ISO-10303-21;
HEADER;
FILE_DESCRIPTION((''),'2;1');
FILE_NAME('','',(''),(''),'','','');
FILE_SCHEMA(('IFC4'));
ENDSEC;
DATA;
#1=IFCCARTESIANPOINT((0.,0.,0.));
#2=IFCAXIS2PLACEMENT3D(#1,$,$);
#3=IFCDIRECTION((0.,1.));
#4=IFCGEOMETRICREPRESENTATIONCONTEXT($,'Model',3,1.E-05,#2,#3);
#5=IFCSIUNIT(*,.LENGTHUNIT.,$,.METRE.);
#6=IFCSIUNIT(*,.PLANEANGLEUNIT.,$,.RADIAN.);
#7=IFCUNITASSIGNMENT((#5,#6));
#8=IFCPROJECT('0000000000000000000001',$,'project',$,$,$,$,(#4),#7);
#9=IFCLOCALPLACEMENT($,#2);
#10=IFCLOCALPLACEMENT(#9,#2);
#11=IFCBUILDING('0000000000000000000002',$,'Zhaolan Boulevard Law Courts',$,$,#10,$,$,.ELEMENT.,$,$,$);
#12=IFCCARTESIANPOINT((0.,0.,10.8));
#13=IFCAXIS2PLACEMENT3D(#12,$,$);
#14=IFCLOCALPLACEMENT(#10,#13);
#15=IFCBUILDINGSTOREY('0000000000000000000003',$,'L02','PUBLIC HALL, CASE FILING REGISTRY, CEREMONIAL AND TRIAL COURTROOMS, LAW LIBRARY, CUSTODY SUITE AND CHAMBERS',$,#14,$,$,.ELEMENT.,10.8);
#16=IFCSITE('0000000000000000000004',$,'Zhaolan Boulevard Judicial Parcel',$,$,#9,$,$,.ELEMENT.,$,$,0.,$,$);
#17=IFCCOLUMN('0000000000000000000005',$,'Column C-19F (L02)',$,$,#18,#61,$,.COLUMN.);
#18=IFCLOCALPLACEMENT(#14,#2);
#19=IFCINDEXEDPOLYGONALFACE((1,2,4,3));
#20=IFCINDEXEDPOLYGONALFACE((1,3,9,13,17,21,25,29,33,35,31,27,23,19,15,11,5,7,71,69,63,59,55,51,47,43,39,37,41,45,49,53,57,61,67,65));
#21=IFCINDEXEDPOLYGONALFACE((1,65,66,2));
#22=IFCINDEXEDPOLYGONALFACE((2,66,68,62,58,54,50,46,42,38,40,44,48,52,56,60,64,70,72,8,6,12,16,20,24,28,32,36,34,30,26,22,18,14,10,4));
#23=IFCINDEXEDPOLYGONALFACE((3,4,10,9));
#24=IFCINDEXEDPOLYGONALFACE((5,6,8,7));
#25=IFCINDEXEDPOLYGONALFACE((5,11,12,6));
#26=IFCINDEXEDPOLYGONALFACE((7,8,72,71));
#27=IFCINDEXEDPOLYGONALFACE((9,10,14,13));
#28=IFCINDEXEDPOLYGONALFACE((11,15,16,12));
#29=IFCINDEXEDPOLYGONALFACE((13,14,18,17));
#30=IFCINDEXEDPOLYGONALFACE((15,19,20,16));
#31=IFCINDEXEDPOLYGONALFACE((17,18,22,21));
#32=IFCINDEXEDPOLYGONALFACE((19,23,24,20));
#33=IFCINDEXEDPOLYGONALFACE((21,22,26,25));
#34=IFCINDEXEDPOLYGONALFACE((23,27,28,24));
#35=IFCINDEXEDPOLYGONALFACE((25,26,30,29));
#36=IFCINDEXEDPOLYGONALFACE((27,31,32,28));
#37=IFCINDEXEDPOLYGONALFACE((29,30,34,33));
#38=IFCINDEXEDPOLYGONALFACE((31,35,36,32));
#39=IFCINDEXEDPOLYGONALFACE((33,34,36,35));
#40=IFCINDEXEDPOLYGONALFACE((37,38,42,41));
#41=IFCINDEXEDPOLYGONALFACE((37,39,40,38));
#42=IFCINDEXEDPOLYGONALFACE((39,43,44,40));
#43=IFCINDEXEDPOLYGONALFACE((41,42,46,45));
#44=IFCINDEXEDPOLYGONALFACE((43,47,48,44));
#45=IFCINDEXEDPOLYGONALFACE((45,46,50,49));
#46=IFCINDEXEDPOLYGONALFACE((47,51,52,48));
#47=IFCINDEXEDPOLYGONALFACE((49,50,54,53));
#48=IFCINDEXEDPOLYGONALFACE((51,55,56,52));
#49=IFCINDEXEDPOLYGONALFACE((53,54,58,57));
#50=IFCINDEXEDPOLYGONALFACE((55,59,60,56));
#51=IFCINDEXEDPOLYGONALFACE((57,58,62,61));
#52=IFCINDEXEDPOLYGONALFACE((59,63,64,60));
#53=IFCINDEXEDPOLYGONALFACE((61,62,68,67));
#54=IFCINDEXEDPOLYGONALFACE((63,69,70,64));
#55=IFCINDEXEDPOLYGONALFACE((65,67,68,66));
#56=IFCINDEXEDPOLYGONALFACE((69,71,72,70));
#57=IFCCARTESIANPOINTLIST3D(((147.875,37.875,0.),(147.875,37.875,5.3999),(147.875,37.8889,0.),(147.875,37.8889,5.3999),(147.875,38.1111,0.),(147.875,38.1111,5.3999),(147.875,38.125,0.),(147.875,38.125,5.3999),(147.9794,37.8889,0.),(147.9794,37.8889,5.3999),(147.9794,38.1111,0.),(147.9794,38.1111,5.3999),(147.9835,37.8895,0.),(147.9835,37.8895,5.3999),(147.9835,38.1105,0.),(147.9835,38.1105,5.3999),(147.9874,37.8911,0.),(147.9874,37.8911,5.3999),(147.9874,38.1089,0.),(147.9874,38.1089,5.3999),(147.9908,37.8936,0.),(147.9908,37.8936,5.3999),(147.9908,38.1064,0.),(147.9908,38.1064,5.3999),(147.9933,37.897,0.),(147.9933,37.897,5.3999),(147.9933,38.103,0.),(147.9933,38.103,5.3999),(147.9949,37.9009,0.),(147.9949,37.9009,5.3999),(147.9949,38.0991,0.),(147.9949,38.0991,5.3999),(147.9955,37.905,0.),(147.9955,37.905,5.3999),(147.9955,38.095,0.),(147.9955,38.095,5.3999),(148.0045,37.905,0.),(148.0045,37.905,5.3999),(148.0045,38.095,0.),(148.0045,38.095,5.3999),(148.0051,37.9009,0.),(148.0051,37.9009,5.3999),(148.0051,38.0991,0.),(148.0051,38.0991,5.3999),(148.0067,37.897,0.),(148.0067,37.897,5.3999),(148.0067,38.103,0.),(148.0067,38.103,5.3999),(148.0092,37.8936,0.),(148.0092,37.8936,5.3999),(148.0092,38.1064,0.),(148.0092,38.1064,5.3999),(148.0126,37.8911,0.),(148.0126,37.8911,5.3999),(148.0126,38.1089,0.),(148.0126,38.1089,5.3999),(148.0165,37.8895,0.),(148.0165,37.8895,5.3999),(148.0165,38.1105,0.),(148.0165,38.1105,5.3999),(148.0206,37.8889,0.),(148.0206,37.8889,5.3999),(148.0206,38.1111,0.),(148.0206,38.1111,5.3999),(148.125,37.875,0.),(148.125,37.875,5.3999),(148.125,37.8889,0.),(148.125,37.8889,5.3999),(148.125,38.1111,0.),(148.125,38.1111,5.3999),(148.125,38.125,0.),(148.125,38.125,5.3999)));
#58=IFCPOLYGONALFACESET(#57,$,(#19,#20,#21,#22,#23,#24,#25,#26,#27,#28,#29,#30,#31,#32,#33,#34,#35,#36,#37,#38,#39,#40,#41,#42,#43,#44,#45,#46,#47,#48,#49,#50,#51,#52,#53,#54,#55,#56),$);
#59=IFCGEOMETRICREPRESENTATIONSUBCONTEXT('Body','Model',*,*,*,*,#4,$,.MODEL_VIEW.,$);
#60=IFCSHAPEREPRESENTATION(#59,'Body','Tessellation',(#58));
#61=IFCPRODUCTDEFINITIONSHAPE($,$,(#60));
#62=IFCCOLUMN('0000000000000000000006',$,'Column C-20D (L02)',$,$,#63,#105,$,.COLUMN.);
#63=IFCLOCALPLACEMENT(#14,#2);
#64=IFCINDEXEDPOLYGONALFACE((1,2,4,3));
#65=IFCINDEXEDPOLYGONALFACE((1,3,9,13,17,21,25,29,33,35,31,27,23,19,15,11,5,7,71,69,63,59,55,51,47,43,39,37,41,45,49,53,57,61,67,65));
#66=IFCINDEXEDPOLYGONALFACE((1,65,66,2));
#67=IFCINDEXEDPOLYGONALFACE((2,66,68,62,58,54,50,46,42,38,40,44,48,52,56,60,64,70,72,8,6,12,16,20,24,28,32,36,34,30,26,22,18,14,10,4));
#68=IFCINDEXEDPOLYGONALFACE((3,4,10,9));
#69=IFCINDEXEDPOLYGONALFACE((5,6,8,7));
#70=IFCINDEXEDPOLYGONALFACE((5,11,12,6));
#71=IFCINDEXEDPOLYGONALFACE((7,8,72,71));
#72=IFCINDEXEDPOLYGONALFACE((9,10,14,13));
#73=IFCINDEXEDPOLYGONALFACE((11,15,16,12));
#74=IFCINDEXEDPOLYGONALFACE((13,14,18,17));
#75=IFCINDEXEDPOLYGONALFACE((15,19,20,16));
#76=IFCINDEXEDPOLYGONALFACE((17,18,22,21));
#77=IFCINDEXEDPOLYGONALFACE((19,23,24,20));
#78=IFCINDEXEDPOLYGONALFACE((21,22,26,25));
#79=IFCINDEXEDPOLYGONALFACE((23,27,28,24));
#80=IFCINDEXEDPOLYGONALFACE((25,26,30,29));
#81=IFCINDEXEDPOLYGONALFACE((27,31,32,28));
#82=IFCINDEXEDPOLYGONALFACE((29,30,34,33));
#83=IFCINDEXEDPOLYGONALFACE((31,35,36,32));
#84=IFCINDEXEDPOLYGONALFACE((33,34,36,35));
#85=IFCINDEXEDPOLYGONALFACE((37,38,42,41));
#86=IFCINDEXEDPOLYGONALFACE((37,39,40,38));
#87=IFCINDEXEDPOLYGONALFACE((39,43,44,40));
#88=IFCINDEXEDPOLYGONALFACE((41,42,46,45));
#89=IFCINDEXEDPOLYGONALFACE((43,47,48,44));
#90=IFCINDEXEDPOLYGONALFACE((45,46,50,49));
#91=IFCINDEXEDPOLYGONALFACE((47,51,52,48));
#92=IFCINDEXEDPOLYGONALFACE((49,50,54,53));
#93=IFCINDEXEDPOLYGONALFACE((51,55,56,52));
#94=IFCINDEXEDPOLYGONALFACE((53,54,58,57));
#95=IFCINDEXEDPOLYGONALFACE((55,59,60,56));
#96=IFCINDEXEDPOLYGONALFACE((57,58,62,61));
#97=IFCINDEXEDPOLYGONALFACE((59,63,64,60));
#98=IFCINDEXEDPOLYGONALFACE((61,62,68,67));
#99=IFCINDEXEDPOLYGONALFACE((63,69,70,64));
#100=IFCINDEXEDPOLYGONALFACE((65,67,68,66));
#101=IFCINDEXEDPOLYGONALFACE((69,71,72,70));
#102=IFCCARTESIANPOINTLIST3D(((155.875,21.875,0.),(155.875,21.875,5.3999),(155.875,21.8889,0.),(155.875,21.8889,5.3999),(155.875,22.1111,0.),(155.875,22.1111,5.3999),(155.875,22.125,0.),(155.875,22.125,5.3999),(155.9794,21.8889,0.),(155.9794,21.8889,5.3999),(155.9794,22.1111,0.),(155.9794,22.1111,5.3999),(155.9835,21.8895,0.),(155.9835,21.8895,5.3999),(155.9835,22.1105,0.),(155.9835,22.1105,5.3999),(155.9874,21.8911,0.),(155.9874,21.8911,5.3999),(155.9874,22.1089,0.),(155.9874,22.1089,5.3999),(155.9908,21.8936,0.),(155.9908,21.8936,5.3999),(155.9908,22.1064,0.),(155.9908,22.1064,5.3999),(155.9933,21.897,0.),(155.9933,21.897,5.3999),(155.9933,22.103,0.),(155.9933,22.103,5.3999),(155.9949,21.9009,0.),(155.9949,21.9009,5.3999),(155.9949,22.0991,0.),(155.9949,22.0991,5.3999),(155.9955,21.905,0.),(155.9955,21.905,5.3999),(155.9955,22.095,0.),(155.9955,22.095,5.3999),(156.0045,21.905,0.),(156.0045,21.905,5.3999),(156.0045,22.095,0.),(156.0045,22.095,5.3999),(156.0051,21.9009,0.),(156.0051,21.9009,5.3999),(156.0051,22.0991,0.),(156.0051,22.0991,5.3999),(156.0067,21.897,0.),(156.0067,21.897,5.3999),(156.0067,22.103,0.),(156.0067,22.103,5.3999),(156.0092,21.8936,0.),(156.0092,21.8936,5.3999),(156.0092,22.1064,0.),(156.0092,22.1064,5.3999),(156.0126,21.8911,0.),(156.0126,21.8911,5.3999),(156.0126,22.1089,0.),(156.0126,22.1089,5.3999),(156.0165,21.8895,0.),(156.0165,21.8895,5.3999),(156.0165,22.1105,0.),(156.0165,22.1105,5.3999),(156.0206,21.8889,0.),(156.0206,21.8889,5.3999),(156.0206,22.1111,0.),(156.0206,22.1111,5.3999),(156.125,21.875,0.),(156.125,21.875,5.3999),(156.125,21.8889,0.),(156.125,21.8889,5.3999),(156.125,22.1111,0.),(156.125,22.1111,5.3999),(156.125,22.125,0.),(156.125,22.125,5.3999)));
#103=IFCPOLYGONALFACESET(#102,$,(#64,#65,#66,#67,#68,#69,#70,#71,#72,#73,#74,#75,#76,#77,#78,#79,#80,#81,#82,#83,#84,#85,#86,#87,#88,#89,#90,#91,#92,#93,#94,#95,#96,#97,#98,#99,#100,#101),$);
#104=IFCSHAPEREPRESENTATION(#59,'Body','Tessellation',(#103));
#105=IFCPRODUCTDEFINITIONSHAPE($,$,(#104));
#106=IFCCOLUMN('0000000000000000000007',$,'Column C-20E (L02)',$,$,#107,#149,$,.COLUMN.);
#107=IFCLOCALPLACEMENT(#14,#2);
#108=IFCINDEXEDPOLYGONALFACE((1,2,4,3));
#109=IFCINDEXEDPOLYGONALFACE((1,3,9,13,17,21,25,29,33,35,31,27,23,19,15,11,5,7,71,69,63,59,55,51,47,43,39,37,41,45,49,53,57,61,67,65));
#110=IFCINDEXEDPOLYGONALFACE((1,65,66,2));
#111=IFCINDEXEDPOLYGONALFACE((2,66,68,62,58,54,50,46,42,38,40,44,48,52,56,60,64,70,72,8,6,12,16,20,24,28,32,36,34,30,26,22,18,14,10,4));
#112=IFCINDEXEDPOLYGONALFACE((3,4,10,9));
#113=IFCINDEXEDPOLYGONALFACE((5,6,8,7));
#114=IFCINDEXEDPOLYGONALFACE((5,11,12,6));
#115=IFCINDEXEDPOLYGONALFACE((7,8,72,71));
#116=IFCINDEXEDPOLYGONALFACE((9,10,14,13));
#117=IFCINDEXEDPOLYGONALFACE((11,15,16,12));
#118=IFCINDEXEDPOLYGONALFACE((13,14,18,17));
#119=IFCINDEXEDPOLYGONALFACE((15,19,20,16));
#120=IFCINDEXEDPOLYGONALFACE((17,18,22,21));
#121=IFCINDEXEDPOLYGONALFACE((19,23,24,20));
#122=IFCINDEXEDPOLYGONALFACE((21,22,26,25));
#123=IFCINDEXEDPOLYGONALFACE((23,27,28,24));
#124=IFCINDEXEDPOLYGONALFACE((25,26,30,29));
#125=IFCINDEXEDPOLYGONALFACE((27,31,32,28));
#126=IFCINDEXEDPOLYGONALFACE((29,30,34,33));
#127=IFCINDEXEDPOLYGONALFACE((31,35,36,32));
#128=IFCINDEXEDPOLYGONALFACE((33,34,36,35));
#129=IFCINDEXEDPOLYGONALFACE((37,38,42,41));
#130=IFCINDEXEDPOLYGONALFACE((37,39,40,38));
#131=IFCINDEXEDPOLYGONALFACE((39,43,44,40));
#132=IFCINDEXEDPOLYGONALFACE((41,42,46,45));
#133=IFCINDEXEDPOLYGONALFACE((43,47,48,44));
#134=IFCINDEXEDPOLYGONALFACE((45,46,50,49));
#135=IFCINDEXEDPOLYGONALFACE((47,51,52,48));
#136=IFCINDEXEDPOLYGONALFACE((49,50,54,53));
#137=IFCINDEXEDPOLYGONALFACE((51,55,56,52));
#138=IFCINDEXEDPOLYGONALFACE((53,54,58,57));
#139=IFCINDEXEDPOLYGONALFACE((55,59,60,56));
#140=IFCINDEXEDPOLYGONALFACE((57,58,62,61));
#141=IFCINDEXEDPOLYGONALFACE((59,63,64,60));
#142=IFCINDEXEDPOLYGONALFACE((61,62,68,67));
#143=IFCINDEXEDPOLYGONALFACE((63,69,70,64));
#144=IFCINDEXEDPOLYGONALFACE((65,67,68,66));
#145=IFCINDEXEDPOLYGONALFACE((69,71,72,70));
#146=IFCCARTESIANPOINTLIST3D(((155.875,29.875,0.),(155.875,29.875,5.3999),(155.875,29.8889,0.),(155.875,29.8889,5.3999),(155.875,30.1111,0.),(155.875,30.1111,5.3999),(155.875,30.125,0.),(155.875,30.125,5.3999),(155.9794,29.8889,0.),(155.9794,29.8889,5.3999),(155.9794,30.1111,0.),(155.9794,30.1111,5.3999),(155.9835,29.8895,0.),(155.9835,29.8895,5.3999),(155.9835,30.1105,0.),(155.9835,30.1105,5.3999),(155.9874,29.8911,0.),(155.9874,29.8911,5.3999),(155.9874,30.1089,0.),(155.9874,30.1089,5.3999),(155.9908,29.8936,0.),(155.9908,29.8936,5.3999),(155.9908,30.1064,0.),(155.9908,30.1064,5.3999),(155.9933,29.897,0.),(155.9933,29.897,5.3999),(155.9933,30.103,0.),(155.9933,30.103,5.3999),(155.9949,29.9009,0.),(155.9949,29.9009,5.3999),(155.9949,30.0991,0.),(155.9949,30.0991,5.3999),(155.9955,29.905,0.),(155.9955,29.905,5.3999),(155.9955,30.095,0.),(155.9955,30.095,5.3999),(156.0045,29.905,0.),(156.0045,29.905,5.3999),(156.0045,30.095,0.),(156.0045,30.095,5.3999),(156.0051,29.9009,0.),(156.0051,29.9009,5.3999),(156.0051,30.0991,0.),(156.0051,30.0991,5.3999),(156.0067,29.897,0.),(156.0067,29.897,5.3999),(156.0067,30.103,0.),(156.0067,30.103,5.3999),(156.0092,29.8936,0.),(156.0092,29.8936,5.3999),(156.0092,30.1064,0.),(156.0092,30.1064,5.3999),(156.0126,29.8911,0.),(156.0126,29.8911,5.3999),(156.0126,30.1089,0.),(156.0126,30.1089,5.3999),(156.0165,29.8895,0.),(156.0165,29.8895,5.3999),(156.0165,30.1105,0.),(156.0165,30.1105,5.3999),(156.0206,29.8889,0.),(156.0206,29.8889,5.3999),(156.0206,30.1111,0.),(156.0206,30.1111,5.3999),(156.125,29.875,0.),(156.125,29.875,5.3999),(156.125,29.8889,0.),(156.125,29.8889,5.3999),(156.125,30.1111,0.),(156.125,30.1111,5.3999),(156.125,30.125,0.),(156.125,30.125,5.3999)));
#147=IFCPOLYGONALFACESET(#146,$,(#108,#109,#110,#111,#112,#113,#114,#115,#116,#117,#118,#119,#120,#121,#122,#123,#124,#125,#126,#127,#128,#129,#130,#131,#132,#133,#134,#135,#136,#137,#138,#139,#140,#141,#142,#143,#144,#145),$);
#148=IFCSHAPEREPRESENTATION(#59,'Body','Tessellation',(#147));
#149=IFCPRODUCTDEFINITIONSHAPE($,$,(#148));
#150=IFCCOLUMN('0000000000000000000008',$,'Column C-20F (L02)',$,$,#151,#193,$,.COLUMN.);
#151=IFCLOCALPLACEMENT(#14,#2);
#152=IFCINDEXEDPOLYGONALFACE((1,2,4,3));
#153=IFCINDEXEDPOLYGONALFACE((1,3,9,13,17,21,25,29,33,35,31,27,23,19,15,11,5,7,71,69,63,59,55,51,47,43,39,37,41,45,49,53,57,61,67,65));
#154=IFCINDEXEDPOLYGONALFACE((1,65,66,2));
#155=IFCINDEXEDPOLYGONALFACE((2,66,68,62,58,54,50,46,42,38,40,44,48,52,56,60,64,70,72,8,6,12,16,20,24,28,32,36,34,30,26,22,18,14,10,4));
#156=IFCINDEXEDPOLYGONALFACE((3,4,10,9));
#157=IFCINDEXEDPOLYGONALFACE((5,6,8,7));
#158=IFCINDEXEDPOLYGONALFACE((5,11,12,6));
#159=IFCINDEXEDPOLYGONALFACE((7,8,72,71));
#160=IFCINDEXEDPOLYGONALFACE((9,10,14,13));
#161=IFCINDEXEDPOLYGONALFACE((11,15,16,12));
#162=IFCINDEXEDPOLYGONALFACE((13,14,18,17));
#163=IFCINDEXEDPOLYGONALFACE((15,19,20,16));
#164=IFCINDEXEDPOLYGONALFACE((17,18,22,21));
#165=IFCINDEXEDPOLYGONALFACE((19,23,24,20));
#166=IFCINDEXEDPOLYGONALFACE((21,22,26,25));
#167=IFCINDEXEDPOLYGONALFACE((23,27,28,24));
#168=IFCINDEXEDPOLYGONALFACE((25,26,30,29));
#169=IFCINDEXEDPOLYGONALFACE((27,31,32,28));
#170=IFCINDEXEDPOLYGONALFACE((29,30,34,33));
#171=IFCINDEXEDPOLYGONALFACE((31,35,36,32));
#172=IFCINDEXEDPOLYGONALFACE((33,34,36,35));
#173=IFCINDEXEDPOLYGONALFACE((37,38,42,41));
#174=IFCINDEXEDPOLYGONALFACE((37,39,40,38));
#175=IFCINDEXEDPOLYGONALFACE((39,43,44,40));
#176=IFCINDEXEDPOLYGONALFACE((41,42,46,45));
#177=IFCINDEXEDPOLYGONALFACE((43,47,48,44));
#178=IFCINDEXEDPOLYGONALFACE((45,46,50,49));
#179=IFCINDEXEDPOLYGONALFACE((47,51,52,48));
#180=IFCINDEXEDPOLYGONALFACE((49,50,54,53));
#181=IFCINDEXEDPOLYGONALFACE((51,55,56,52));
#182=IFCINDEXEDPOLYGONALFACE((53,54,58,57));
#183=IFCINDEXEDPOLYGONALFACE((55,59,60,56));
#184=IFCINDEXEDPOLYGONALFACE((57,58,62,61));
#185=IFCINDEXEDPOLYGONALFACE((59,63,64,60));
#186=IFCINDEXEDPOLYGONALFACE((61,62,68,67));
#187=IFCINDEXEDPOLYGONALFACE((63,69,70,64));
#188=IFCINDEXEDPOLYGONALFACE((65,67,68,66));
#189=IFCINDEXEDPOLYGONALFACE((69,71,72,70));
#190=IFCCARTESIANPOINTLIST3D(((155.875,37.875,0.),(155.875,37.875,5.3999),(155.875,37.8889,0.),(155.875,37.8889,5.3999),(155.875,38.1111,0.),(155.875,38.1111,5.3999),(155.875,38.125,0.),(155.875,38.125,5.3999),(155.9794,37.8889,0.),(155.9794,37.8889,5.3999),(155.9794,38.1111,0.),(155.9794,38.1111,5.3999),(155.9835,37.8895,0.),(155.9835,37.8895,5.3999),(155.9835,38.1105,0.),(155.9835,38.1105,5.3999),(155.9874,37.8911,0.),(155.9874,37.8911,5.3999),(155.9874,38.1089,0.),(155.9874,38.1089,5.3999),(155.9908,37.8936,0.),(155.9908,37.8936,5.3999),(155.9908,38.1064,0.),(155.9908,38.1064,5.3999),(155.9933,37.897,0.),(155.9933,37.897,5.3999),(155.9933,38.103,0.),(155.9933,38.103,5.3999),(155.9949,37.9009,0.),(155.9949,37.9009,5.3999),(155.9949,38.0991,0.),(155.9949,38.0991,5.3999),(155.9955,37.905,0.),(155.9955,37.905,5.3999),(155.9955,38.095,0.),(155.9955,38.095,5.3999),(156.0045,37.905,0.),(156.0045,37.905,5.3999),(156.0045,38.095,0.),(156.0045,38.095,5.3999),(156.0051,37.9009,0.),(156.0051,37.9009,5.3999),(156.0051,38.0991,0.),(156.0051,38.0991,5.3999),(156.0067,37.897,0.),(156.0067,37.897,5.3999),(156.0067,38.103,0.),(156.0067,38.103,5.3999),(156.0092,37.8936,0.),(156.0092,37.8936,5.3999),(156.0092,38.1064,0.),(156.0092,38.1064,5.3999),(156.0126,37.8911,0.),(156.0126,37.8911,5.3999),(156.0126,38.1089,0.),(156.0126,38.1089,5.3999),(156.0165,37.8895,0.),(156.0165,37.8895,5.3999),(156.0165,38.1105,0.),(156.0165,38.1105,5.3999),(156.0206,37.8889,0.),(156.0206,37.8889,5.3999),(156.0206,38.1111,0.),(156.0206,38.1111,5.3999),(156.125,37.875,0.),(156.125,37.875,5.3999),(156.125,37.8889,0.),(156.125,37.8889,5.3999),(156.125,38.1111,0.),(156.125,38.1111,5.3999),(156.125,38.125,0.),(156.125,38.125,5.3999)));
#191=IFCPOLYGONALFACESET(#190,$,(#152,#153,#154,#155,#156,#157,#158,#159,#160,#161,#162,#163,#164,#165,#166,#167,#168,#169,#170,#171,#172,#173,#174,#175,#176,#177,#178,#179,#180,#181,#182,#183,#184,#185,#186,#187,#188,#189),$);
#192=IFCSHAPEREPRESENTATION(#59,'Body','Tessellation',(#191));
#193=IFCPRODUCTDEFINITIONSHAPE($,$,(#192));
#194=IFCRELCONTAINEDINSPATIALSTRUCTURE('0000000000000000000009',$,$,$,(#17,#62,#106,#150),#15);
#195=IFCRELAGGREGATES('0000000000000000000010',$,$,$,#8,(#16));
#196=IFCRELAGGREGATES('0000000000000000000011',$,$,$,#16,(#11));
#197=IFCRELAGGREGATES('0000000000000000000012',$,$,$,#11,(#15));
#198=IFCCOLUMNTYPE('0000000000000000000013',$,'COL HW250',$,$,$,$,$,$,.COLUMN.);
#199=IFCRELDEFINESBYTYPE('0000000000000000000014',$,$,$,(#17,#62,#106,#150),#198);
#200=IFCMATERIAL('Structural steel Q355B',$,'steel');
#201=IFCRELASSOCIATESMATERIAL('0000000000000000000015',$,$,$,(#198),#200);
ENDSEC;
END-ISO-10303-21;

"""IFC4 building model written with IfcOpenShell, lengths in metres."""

from ifc_helpers import new_model, si_unit, direction, frame, origin, origin_2d, place, context, subcontext, project, spatial, i_section, extrude, material, material_profile, profile_set, type_object, element, save


model = new_model("IFC4")

# Units and contexts
model_context = context("Model", 3, precision=1e-05, world=origin(), true_north=direction((0.0, 1.0)))
body_context = subcontext(model_context, "Body", "Model", "MODEL_VIEW")
ifc_project = project(units=[si_unit("LENGTHUNIT", "METRE"), si_unit("PLANEANGLEUNIT", "RADIAN")], contexts=[model_context])

# Site, building, storey
site_placement = place(None, origin())
site = spatial("IfcSite", under=ifc_project, at=site_placement, Name="Zhaolan Boulevard Judicial Parcel", CompositionType="ELEMENT", RefElevation=0.0)
building_placement = place(site_placement, origin())
building = spatial("IfcBuilding", under=site, at=building_placement, Name="Zhaolan Boulevard Law Courts", CompositionType="ELEMENT")
storey_placement = place(building_placement, frame((0.0, 0.0, 10.8)))
storey = spatial("IfcBuildingStorey", under=building, at=storey_placement, Name="L02", Description="PUBLIC HALL, CASE FILING REGISTRY, CEREMONIAL AND TRIAL COURTROOMS, LAW LIBRARY, CUSTODY SUITE AND CHAMBERS", CompositionType="ELEMENT", Elevation=10.8)

# Columns
ifc_material_1 = material(Name="Structural steel Q355B", Category="steel")
ifc_material_profile_1 = material_profile(ifc_material_1, i_section(OverallWidth=0.25, OverallDepth=0.25, WebThickness=0.009, FlangeThickness=0.0139, FilletRadius=0.0161, at=origin_2d()), Name="HW250x250")
ifc_profile_set_1 = profile_set([ifc_material_profile_1], Name="Structural steel Q355B")
column_type = type_object("IfcColumnType", Name="COL HW250", PredefinedType="COLUMN", material=ifc_profile_set_1)
for number, where, z_axis, x_axis, name in (
    (1, (148.0, 38.0, 0.0), (0.0, 0.0, 1.0), (1.0, 0.0, 0.0), "Column C-19F (L02)"),
    (2, (156.0, 22.0, 0.0), (0.0, 0.0, 1.0), (1.0, 0.0, 0.0), "Column C-20D (L02)"),
    (3, (156.0, 30.0, 0.0), (0.0, 0.0, 1.0), (1.0, 0.0, 0.0), "Column C-20E (L02)"),
    (4, (156.0, 38.0, 0.0), (0.0, 0.0, 1.0), (1.0, 0.0, 0.0), "Column C-20F (L02)"),
):
    element("IfcColumn", number, at=place(storey_placement, frame(where, z_axis=z_axis, x_axis=x_axis)), inside=storey, type_object=column_type, Name=name, PredefinedType="COLUMN", context=body_context, shape_type="SweptSolid", body=[
        extrude(i_section(OverallWidth=0.25, OverallDepth=0.25, WebThickness=0.009, FlangeThickness=0.0139, FilletRadius=0.0161, at=origin_2d()), origin(), (0.0, 0.0, 1.0), 5.3999),
    ])

save(model, "model.ifc")
